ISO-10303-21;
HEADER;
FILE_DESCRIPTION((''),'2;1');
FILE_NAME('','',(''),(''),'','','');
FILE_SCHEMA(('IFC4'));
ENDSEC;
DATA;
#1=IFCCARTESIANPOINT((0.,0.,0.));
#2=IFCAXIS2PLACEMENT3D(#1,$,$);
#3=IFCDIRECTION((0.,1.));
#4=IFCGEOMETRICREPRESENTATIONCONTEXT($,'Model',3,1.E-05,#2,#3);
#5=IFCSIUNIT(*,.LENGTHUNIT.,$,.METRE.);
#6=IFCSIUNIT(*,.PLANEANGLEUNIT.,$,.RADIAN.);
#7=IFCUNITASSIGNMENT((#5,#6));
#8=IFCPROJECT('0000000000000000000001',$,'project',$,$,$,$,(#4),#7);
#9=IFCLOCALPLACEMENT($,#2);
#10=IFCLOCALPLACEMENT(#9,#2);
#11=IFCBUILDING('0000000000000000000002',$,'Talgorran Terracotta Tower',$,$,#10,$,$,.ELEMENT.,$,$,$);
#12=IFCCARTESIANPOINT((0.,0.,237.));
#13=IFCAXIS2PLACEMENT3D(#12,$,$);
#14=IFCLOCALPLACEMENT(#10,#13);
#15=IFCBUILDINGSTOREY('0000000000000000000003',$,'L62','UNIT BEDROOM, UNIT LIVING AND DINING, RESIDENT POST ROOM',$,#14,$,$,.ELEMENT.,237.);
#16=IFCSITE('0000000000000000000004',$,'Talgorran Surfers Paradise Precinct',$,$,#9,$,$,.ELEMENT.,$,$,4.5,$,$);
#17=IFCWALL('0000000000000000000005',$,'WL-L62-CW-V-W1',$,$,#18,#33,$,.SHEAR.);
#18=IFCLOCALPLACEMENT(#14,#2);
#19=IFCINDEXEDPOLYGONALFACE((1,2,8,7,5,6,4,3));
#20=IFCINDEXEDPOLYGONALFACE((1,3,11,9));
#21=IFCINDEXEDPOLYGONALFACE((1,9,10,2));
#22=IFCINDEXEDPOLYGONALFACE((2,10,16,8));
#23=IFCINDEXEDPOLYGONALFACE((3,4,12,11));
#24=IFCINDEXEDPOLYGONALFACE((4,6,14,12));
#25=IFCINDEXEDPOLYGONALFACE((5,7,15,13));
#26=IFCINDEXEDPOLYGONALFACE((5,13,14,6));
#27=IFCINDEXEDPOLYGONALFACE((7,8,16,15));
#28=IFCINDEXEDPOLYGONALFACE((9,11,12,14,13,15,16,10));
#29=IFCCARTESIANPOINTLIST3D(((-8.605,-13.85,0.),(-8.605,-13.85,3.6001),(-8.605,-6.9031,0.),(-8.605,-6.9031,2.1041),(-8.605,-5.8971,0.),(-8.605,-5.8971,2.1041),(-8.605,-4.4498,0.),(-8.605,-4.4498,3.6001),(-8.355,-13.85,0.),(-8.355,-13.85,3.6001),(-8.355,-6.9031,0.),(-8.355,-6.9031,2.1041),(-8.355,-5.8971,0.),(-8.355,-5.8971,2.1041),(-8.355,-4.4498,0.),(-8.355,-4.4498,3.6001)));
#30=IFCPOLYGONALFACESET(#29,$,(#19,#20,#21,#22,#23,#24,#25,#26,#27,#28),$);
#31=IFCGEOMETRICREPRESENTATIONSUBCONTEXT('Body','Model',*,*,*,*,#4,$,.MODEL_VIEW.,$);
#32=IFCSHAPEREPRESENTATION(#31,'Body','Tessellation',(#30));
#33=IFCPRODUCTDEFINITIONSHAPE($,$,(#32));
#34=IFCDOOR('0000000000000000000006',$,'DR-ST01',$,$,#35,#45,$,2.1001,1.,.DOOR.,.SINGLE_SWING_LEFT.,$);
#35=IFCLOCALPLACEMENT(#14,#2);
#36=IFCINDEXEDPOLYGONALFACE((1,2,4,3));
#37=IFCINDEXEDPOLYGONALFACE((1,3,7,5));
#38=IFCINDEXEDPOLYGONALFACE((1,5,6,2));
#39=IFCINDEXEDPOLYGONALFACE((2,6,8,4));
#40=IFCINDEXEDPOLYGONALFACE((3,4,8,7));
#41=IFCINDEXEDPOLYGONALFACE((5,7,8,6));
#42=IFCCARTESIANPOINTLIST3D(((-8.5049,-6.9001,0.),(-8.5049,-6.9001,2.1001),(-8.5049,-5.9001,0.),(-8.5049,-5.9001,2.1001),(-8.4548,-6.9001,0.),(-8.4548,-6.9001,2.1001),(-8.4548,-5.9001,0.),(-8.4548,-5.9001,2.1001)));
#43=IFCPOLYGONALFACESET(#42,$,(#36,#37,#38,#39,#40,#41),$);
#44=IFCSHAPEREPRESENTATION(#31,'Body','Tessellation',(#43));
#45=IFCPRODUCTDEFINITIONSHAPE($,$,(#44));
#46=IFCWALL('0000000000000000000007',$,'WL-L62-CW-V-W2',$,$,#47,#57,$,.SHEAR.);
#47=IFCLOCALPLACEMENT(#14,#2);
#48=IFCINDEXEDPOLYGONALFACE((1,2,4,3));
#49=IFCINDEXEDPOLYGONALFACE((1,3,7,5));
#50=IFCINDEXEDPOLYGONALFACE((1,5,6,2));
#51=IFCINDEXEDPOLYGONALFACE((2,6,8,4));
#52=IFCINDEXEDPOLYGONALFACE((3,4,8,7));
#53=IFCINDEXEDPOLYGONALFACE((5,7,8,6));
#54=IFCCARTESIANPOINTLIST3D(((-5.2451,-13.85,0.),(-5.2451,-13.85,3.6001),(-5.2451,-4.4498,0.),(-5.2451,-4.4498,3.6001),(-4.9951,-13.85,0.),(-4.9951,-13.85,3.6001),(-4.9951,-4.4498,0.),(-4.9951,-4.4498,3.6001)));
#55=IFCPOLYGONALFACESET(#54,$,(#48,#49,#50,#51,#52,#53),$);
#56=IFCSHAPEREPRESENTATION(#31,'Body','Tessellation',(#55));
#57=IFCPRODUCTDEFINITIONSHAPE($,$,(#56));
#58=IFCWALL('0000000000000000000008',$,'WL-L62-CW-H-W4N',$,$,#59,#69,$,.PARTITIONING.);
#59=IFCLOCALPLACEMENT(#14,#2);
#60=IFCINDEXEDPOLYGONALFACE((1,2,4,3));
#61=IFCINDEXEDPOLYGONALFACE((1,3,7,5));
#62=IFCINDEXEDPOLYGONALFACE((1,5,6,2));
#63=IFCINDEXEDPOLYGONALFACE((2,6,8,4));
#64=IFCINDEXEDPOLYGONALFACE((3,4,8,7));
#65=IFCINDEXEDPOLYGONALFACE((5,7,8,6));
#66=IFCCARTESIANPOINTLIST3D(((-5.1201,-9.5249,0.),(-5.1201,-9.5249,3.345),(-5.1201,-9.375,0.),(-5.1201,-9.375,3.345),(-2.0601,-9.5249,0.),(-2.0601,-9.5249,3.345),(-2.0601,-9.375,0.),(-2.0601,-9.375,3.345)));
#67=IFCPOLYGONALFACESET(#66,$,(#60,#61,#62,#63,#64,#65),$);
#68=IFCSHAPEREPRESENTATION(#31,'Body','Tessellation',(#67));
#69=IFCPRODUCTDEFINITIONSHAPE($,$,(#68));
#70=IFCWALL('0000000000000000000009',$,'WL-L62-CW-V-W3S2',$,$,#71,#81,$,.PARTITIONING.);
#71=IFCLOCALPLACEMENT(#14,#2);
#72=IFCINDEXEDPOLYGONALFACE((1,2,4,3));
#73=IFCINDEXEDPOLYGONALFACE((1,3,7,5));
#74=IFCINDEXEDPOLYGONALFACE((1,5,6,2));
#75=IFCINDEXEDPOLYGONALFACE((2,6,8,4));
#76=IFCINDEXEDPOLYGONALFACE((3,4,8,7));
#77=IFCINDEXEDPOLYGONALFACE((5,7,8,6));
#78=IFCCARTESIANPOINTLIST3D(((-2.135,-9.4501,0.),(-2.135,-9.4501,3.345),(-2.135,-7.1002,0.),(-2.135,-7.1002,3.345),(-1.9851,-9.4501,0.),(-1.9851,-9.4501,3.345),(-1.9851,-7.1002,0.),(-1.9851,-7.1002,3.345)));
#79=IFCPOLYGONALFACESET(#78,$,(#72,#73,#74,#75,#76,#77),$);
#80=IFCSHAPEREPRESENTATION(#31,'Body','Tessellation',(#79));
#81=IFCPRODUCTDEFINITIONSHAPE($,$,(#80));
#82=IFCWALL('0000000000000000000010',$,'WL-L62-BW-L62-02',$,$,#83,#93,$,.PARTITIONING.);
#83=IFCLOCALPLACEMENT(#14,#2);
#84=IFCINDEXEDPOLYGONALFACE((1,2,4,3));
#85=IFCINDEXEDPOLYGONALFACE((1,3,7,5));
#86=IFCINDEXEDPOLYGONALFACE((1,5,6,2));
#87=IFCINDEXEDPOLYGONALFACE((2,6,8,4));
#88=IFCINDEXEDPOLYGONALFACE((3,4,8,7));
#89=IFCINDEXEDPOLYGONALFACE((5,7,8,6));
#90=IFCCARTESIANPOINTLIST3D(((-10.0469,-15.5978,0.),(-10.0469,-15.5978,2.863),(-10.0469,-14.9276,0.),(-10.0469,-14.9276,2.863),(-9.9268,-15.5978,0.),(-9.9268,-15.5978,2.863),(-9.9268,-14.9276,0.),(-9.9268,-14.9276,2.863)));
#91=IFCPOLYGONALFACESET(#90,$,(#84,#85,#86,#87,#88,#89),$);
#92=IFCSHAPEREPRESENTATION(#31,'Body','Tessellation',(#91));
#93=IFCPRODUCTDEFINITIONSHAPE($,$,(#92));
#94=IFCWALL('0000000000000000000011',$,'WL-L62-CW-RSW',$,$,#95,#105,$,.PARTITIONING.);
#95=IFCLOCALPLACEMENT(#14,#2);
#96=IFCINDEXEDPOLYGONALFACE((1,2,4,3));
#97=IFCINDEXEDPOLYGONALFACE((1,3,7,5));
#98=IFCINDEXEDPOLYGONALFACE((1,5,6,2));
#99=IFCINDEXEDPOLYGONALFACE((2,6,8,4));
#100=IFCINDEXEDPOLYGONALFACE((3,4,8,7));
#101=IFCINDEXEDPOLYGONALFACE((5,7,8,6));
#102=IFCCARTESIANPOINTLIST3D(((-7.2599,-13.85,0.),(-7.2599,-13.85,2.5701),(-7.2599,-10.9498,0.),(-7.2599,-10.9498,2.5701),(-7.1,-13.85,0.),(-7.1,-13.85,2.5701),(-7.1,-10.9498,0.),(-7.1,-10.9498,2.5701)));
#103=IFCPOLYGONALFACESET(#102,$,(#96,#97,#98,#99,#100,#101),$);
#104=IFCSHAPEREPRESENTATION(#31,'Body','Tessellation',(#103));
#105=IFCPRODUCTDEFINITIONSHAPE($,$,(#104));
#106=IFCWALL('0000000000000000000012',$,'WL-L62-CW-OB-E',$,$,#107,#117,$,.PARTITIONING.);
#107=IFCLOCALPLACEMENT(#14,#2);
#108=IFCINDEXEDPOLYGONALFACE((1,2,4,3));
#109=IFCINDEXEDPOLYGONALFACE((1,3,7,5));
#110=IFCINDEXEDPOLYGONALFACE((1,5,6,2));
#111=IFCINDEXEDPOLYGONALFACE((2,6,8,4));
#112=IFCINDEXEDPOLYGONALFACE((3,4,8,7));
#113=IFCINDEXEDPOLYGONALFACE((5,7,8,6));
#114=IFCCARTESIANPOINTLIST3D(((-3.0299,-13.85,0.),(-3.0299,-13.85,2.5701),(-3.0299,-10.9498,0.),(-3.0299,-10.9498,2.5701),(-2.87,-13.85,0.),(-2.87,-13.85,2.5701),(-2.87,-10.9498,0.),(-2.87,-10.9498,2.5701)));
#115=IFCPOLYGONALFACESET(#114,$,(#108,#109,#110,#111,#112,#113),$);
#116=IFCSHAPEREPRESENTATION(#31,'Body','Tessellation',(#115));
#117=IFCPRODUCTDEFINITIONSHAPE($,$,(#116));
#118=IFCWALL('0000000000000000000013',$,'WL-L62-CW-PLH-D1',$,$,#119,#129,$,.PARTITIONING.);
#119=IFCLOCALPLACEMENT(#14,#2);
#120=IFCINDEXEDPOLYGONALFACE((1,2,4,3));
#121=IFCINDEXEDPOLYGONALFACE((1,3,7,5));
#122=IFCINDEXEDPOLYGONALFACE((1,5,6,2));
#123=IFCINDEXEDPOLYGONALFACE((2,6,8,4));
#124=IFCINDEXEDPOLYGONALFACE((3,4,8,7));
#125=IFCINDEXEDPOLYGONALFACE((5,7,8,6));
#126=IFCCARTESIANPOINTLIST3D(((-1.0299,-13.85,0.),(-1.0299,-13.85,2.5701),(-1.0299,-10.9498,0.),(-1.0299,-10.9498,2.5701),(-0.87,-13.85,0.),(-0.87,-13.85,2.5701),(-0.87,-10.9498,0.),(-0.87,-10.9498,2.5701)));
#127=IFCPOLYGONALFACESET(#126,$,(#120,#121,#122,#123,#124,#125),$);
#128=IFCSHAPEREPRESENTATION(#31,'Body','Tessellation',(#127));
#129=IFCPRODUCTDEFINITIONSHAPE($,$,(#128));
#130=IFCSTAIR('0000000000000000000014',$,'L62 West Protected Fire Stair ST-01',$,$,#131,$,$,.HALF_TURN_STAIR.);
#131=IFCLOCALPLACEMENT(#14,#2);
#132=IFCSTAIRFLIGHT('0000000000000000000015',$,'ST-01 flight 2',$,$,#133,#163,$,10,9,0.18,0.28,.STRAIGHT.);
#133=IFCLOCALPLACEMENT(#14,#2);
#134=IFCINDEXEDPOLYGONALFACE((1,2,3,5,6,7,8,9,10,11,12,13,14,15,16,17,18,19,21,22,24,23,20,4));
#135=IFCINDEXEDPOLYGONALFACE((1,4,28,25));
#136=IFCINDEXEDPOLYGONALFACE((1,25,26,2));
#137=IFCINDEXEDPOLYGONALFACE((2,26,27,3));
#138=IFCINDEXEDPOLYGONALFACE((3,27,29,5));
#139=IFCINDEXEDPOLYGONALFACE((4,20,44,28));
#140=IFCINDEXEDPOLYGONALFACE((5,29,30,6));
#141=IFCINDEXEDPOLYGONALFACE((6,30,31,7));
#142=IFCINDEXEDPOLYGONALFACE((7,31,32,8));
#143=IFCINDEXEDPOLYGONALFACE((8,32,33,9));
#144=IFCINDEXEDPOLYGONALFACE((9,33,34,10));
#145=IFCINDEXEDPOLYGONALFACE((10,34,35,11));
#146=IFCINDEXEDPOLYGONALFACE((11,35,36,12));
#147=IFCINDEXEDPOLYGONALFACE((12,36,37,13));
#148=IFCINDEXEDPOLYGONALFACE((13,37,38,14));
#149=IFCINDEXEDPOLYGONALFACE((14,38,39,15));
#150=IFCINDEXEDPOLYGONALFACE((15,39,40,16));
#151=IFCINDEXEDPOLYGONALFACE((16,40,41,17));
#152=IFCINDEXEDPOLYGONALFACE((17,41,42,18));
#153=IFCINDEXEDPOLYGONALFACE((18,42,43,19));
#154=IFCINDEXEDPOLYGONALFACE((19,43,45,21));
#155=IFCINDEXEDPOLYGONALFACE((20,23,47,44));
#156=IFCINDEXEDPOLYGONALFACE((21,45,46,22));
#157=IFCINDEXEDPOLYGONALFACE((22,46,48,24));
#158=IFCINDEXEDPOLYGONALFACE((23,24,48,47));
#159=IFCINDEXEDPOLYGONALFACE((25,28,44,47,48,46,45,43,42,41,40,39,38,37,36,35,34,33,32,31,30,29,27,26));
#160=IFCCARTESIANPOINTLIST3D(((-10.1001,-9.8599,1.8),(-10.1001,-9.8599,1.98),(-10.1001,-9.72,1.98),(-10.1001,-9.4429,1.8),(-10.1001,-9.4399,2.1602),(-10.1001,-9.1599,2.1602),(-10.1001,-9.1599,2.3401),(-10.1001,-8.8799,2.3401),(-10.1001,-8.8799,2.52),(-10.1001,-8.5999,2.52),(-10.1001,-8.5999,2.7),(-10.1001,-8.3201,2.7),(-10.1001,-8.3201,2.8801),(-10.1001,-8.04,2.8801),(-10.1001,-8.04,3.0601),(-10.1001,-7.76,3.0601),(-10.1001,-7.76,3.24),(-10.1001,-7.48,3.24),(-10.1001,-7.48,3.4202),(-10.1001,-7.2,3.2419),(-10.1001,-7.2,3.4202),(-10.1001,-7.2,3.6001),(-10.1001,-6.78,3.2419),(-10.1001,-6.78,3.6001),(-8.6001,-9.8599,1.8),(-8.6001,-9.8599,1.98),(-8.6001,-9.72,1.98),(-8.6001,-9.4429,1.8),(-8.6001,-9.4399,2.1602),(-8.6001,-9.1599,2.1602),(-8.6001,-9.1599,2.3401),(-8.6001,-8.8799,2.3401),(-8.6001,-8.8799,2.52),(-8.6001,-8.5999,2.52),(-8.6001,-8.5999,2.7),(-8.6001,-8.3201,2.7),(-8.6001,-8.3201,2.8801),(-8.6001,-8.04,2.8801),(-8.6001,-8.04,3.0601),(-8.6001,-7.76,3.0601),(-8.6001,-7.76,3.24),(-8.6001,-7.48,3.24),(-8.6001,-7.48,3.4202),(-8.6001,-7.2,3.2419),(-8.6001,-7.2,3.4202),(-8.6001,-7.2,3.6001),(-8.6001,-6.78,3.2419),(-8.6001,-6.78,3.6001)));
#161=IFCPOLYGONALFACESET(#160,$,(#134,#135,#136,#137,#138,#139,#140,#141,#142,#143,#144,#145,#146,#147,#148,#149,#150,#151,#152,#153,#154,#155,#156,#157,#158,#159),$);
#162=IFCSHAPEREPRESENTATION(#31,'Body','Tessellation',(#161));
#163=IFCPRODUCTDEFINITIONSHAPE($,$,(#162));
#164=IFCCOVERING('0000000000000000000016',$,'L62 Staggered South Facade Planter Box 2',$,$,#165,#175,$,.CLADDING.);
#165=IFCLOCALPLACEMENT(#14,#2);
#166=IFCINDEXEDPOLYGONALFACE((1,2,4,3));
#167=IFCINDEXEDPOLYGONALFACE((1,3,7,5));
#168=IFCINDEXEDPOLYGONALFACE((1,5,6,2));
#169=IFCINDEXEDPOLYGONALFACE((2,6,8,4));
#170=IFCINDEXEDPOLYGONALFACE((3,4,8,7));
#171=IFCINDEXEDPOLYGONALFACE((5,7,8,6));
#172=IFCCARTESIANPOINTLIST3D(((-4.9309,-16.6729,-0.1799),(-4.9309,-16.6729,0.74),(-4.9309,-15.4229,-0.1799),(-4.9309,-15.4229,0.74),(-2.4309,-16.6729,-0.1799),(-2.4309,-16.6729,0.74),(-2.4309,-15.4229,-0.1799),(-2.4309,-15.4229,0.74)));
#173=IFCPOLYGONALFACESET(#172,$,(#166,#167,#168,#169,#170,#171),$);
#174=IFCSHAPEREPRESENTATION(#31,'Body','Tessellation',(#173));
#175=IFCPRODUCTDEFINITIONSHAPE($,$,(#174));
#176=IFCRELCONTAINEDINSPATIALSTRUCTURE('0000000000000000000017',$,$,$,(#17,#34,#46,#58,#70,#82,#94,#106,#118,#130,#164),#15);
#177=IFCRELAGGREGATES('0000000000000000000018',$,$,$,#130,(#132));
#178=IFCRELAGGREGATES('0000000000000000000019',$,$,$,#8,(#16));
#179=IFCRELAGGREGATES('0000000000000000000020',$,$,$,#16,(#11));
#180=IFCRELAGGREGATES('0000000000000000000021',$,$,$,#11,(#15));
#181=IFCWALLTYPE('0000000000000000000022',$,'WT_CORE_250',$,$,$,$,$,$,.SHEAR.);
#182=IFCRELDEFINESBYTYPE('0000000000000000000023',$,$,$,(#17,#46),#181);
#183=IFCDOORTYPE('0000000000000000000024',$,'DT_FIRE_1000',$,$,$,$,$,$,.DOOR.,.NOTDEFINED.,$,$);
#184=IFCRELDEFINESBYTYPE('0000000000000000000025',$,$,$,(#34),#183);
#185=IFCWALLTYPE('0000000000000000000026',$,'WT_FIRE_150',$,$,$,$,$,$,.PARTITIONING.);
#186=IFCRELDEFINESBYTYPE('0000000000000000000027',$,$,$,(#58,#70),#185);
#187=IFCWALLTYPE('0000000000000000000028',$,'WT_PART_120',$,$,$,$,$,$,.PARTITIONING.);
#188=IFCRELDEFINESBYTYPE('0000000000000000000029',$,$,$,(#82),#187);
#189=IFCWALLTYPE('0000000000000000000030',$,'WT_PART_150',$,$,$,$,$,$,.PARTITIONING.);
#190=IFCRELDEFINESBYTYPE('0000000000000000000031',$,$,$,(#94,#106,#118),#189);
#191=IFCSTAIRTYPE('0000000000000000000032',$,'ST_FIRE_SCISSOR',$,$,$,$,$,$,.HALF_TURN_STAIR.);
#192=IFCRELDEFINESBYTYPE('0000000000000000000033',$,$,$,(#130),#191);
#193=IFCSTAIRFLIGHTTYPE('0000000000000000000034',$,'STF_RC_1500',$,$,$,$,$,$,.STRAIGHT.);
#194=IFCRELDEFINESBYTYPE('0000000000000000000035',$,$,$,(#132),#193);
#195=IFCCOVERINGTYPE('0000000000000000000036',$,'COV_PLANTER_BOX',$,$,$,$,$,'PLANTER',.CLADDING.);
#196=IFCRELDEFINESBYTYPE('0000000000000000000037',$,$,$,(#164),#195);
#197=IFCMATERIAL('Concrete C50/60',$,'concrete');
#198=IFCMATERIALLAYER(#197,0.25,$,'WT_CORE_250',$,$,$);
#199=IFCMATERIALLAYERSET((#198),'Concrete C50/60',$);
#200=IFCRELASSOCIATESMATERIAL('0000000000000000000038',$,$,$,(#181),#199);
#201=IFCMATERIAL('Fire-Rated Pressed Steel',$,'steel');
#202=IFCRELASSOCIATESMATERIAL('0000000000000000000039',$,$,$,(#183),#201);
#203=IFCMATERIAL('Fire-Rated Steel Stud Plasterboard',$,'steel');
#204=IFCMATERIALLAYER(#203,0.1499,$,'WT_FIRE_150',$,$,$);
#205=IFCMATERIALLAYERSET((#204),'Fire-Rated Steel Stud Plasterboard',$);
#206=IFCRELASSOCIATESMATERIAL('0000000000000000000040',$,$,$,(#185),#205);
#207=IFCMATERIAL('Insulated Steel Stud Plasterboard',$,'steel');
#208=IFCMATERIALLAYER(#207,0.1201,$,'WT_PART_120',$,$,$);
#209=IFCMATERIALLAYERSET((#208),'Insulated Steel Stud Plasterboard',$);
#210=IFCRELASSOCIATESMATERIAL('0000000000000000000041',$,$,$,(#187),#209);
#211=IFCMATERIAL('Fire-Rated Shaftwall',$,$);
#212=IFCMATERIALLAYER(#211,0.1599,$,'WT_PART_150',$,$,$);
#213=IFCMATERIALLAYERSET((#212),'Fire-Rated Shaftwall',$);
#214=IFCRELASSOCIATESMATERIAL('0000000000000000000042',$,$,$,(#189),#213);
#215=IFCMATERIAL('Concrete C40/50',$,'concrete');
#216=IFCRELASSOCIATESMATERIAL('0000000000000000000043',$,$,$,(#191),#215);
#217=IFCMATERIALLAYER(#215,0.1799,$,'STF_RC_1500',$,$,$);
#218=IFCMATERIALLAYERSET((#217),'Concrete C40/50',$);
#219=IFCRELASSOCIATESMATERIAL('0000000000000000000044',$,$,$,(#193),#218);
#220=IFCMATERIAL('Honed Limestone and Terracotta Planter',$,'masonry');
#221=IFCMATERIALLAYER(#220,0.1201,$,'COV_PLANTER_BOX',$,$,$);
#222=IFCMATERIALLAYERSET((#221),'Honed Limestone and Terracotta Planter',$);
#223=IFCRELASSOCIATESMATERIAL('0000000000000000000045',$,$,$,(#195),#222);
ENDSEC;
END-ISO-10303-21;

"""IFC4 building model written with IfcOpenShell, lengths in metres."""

from ifc_helpers import new_model, si_unit, direction, frame, frame_2d, origin, origin_2d, place, context, subcontext, project, spatial, polyline, rectangle, outline, extrude, material, layer, layer_set, type_object, element, fill, aggregate, save


model = new_model("IFC4")

# Units and contexts
model_context = context("Model", 3, precision=1e-05, world=origin(), true_north=direction((0.0, 1.0)))
body_context = subcontext(model_context, "Body", "Model", "MODEL_VIEW")
ifc_project = project(units=[si_unit("LENGTHUNIT", "METRE"), si_unit("PLANEANGLEUNIT", "RADIAN")], contexts=[model_context])

# Site, building, storey
site_placement = place(None, origin())
site = spatial("IfcSite", under=ifc_project, at=site_placement, Name="Talgorran Surfers Paradise Precinct", CompositionType="ELEMENT", RefElevation=4.5)
building_placement = place(site_placement, origin())
building = spatial("IfcBuilding", under=site, at=building_placement, Name="Talgorran Terracotta Tower", CompositionType="ELEMENT")
storey_placement = place(building_placement, frame((0.0, 0.0, 237.0)))
storey = spatial("IfcBuildingStorey", under=building, at=storey_placement, Name="L62", Description="UNIT BEDROOM, UNIT LIVING AND DINING, RESIDENT POST ROOM", CompositionType="ELEMENT", Elevation=237.0)

# Shared definitions
ifc_material_1 = material(Name="Concrete C50/60", Category="concrete")

# Shared definitions
ifc_material_2 = material(Name="Fire-Rated Pressed Steel", Category="steel")

# Wall, opening, door
ifc_layer_1 = layer(ifc_material_1, 0.25, Name="WT_CORE_250")
ifc_layer_set_1 = layer_set([ifc_layer_1], Name="Concrete C50/60")
wall_type_1 = type_object("IfcWallType", Name="WT_CORE_250", PredefinedType="SHEAR", material=ifc_layer_set_1)
wall_1_placement = place(storey_placement, frame((-8.48, -13.8501, 0.0), z_axis=(0.0, 0.0, 1.0), x_axis=(0.0, 1.0, 0.0)))
wall_1 = element("IfcWall", 1, at=wall_1_placement, inside=storey, type_object=wall_type_1, Name="WL-L62-CW-V-W1", PredefinedType="SHEAR", context=body_context, shape_type="SweptSolid", body=[
    extrude(rectangle(XDim=9.4001, YDim=0.25, at=frame_2d((4.7002, 0.0))), origin(), (0.0, 0.0, 1.0), 3.6001),
])
opening_1_placement = place(wall_1_placement, frame((6.95, 0.0, 0.0)))
opening_1 = element("IfcOpeningElement", 2, at=opening_1_placement, cuts=wall_1, PredefinedType="OPENING", context=body_context, shape_type="SweptSolid", body=[
    extrude(rectangle(XDim=1.006, YDim=2.1041, at=frame_2d((0.5, 1.052))), frame((0.0, 0.135, 0.0), z_axis=(0.0, -1.0, 0.0), x_axis=(1.0, 0.0, 0.0)), (0.0, 0.0, 1.0), 0.27),
])
door_type_1 = type_object("IfcDoorType", Name="DT_FIRE_1000", OperationType="NOTDEFINED", PredefinedType="DOOR", material=ifc_material_2)
door_1_placement = place(opening_1_placement, origin())
door_1 = element("IfcDoor", 3, at=door_1_placement, inside=storey, type_object=door_type_1, Name="DR-ST01", OperationType="SINGLE_SWING_LEFT", OverallHeight=2.1001, OverallWidth=1.0, PredefinedType="DOOR", context=body_context, shape_type="SweptSolid", body=[
    extrude(rectangle(XDim=1.0, YDim=2.1001, at=frame_2d((0.5, 1.05))), frame((0.0, 0.0249, 0.0), z_axis=(0.0, -1.0, 0.0), x_axis=(1.0, 0.0, 0.0)), (0.0, 0.0, 1.0), 0.05),
])
fill(opening_1, door_1)

# Walls
wall_2_placement = place(storey_placement, frame((-5.1201, -13.8501, 0.0), z_axis=(0.0, 0.0, 1.0), x_axis=(0.0, 1.0, 0.0)))
element("IfcWall", 4, at=wall_2_placement, inside=storey, type_object=wall_type_1, Name="WL-L62-CW-V-W2", PredefinedType="SHEAR", context=body_context, shape_type="SweptSolid", body=[
    extrude(rectangle(XDim=9.4001, YDim=0.25, at=frame_2d((4.7002, 0.0))), origin(), (0.0, 0.0, 1.0), 3.6001),
])
ifc_material_3 = material(Name="Fire-Rated Steel Stud Plasterboard", Category="steel")
ifc_layer_2 = layer(ifc_material_3, 0.1499, Name="WT_FIRE_150")
ifc_layer_set_2 = layer_set([ifc_layer_2], Name="Fire-Rated Steel Stud Plasterboard")
wall_type_2 = type_object("IfcWallType", Name="WT_FIRE_150", PredefinedType="PARTITIONING", material=ifc_layer_set_2)
wall_3_placement = place(storey_placement, frame((-5.1201, -9.45, 0.0), z_axis=(0.0, 0.0, 1.0), x_axis=(1.0, 0.0, 0.0)))
element("IfcWall", 5, at=wall_3_placement, inside=storey, type_object=wall_type_2, Name="WL-L62-CW-H-W4N", PredefinedType="PARTITIONING", context=body_context, shape_type="SweptSolid", body=[
    extrude(rectangle(XDim=3.0601, YDim=0.1499, at=frame_2d((1.53, 0.0))), origin(), (0.0, 0.0, 1.0), 3.345),
])
wall_4_placement = place(storey_placement, frame((-2.0601, -9.45, 0.0), z_axis=(0.0, 0.0, 1.0), x_axis=(0.0, 1.0, 0.0)))
element("IfcWall", 6, at=wall_4_placement, inside=storey, type_object=wall_type_2, Name="WL-L62-CW-V-W3S2", PredefinedType="PARTITIONING", context=body_context, shape_type="SweptSolid", body=[
    extrude(rectangle(XDim=2.3499, YDim=0.1499, at=frame_2d((1.1748, 0.0))), origin(), (0.0, 0.0, 1.0), 3.345),
])
ifc_material_4 = material(Name="Insulated Steel Stud Plasterboard", Category="steel")
ifc_layer_3 = layer(ifc_material_4, 0.1201, Name="WT_PART_120")
ifc_layer_set_3 = layer_set([ifc_layer_3], Name="Insulated Steel Stud Plasterboard")
wall_type_3 = type_object("IfcWallType", Name="WT_PART_120", PredefinedType="PARTITIONING", material=ifc_layer_set_3)
wall_5_placement = place(storey_placement, frame((-9.9868, -14.9277, 0.0), z_axis=(0.0, 0.0, 1.0), x_axis=(0.0, -1.0, 0.0)))
element("IfcWall", 7, at=wall_5_placement, inside=storey, type_object=wall_type_3, Name="WL-L62-BW-L62-02", PredefinedType="PARTITIONING", context=body_context, shape_type="SweptSolid", body=[
    extrude(rectangle(XDim=0.6702, YDim=0.1201, at=frame_2d((0.335, 0.0))), origin(), (0.0, 0.0, 1.0), 2.863),
])
ifc_material_5 = material(Name="Fire-Rated Shaftwall")
ifc_layer_4 = layer(ifc_material_5, 0.1599, Name="WT_PART_150")
ifc_layer_set_4 = layer_set([ifc_layer_4], Name="Fire-Rated Shaftwall")
wall_type_4 = type_object("IfcWallType", Name="WT_PART_150", PredefinedType="PARTITIONING", material=ifc_layer_set_4)
for number, where, z_axis, x_axis, name in (
    (8, (-7.1799, -13.8501, 0.0), (0.0, 0.0, 1.0), (0.0, 1.0, 0.0), "WL-L62-CW-RSW"),
    (9, (-2.95, -13.8501, 0.0), (0.0, 0.0, 1.0), (0.0, 1.0, 0.0), "WL-L62-CW-OB-E"),
    (10, (-0.95, -13.8501, 0.0), (0.0, 0.0, 1.0), (0.0, 1.0, 0.0), "WL-L62-CW-PLH-D1"),
):
    element("IfcWall", number, at=place(storey_placement, frame(where, z_axis=z_axis, x_axis=x_axis)), inside=storey, type_object=wall_type_4, Name=name, PredefinedType="PARTITIONING", context=body_context, shape_type="SweptSolid", body=[
        extrude(rectangle(XDim=2.9001, YDim=0.1599, at=frame_2d((1.4502, 0.0))), origin(), (0.0, 0.0, 1.0), 2.5701),
    ])

# Stair, stair flight
ifc_material_6 = material(Name="Concrete C40/50", Category="concrete")
stair_type = type_object("IfcStairType", Name="ST_FIRE_SCISSOR", PredefinedType="HALF_TURN_STAIR", material=ifc_material_6)
stair_placement = place(storey_placement, origin())
stair = element("IfcStair", 11, at=stair_placement, inside=storey, type_object=stair_type, Name="L62 West Protected Fire Stair ST-01", PredefinedType="HALF_TURN_STAIR")
ifc_layer_5 = layer(ifc_material_6, 0.1799, Name="STF_RC_1500")
ifc_layer_set_5 = layer_set([ifc_layer_5], Name="Concrete C40/50")
stair_flight_type = type_object("IfcStairFlightType", Name="STF_RC_1500", PredefinedType="STRAIGHT", material=ifc_layer_set_5)
stair_flight_placement = place(storey_placement, frame((-9.3501, -9.72, 1.8), z_axis=(0.0, 0.0, 1.0), x_axis=(0.0, 1.0, 0.0)))
stair_flight = element("IfcStairFlight", 12, at=stair_flight_placement, type_object=stair_flight_type, Name="ST-01 flight 2", NumberOfRisers=10, NumberOfTreads=9, PredefinedType="STRAIGHT", RiserHeight=0.18, TreadLength=0.28, context=body_context, shape_type="SweptSolid", body=[
    extrude(outline(polyline([(-0.1399, 0.0), (-0.1399, 0.1799), (0.0, 0.1799), (0.28, 0.3601), (0.5601, 0.3601), (0.5601, 0.54), (0.8401, 0.54), (0.8401, 0.72), (1.1201, 0.72), (1.1201, 0.8999), (1.3999, 0.8999), (1.3999, 1.0801), (1.6799, 1.0801), (1.6799, 1.26), (1.96, 1.26), (1.96, 1.4399), (2.24, 1.4399), (2.24, 1.6201), (2.52, 1.6201), (2.52, 1.8), (2.9399, 1.8), (2.9399, 1.4419), (2.52, 1.4419), (0.2771, 0.0), (-0.1399, 0.0)])), frame((0.0, 0.75, 0.0), z_axis=(0.0, -1.0, 0.0), x_axis=(1.0, 0.0, 0.0)), (0.0, 0.0, 1.0), 1.5),
])
aggregate(stair, [stair_flight])

# Covering
ifc_material_7 = material(Name="Honed Limestone and Terracotta Planter", Category="masonry")
ifc_layer_6 = layer(ifc_material_7, 0.1201, Name="COV_PLANTER_BOX")
ifc_layer_set_6 = layer_set([ifc_layer_6], Name="Honed Limestone and Terracotta Planter")
covering_type_1 = type_object("IfcCoveringType", Name="COV_PLANTER_BOX", ElementType="PLANTER", PredefinedType="CLADDING", material=ifc_layer_set_6)
covering_1_placement = place(storey_placement, frame((-3.6809, -16.0479, -0.1799), z_axis=(0.0, 0.0, 1.0), x_axis=(1.0, 0.0, 0.0)))
element("IfcCovering", 13, at=covering_1_placement, inside=storey, type_object=covering_type_1, Name="L62 Staggered South Facade Planter Box 2", PredefinedType="CLADDING", context=body_context, shape_type="SweptSolid", body=[
    extrude(rectangle(XDim=2.5, YDim=1.25, at=origin_2d()), origin(), (0.0, 0.0, 1.0), 0.9199),
])

save(model, "model.ifc")
